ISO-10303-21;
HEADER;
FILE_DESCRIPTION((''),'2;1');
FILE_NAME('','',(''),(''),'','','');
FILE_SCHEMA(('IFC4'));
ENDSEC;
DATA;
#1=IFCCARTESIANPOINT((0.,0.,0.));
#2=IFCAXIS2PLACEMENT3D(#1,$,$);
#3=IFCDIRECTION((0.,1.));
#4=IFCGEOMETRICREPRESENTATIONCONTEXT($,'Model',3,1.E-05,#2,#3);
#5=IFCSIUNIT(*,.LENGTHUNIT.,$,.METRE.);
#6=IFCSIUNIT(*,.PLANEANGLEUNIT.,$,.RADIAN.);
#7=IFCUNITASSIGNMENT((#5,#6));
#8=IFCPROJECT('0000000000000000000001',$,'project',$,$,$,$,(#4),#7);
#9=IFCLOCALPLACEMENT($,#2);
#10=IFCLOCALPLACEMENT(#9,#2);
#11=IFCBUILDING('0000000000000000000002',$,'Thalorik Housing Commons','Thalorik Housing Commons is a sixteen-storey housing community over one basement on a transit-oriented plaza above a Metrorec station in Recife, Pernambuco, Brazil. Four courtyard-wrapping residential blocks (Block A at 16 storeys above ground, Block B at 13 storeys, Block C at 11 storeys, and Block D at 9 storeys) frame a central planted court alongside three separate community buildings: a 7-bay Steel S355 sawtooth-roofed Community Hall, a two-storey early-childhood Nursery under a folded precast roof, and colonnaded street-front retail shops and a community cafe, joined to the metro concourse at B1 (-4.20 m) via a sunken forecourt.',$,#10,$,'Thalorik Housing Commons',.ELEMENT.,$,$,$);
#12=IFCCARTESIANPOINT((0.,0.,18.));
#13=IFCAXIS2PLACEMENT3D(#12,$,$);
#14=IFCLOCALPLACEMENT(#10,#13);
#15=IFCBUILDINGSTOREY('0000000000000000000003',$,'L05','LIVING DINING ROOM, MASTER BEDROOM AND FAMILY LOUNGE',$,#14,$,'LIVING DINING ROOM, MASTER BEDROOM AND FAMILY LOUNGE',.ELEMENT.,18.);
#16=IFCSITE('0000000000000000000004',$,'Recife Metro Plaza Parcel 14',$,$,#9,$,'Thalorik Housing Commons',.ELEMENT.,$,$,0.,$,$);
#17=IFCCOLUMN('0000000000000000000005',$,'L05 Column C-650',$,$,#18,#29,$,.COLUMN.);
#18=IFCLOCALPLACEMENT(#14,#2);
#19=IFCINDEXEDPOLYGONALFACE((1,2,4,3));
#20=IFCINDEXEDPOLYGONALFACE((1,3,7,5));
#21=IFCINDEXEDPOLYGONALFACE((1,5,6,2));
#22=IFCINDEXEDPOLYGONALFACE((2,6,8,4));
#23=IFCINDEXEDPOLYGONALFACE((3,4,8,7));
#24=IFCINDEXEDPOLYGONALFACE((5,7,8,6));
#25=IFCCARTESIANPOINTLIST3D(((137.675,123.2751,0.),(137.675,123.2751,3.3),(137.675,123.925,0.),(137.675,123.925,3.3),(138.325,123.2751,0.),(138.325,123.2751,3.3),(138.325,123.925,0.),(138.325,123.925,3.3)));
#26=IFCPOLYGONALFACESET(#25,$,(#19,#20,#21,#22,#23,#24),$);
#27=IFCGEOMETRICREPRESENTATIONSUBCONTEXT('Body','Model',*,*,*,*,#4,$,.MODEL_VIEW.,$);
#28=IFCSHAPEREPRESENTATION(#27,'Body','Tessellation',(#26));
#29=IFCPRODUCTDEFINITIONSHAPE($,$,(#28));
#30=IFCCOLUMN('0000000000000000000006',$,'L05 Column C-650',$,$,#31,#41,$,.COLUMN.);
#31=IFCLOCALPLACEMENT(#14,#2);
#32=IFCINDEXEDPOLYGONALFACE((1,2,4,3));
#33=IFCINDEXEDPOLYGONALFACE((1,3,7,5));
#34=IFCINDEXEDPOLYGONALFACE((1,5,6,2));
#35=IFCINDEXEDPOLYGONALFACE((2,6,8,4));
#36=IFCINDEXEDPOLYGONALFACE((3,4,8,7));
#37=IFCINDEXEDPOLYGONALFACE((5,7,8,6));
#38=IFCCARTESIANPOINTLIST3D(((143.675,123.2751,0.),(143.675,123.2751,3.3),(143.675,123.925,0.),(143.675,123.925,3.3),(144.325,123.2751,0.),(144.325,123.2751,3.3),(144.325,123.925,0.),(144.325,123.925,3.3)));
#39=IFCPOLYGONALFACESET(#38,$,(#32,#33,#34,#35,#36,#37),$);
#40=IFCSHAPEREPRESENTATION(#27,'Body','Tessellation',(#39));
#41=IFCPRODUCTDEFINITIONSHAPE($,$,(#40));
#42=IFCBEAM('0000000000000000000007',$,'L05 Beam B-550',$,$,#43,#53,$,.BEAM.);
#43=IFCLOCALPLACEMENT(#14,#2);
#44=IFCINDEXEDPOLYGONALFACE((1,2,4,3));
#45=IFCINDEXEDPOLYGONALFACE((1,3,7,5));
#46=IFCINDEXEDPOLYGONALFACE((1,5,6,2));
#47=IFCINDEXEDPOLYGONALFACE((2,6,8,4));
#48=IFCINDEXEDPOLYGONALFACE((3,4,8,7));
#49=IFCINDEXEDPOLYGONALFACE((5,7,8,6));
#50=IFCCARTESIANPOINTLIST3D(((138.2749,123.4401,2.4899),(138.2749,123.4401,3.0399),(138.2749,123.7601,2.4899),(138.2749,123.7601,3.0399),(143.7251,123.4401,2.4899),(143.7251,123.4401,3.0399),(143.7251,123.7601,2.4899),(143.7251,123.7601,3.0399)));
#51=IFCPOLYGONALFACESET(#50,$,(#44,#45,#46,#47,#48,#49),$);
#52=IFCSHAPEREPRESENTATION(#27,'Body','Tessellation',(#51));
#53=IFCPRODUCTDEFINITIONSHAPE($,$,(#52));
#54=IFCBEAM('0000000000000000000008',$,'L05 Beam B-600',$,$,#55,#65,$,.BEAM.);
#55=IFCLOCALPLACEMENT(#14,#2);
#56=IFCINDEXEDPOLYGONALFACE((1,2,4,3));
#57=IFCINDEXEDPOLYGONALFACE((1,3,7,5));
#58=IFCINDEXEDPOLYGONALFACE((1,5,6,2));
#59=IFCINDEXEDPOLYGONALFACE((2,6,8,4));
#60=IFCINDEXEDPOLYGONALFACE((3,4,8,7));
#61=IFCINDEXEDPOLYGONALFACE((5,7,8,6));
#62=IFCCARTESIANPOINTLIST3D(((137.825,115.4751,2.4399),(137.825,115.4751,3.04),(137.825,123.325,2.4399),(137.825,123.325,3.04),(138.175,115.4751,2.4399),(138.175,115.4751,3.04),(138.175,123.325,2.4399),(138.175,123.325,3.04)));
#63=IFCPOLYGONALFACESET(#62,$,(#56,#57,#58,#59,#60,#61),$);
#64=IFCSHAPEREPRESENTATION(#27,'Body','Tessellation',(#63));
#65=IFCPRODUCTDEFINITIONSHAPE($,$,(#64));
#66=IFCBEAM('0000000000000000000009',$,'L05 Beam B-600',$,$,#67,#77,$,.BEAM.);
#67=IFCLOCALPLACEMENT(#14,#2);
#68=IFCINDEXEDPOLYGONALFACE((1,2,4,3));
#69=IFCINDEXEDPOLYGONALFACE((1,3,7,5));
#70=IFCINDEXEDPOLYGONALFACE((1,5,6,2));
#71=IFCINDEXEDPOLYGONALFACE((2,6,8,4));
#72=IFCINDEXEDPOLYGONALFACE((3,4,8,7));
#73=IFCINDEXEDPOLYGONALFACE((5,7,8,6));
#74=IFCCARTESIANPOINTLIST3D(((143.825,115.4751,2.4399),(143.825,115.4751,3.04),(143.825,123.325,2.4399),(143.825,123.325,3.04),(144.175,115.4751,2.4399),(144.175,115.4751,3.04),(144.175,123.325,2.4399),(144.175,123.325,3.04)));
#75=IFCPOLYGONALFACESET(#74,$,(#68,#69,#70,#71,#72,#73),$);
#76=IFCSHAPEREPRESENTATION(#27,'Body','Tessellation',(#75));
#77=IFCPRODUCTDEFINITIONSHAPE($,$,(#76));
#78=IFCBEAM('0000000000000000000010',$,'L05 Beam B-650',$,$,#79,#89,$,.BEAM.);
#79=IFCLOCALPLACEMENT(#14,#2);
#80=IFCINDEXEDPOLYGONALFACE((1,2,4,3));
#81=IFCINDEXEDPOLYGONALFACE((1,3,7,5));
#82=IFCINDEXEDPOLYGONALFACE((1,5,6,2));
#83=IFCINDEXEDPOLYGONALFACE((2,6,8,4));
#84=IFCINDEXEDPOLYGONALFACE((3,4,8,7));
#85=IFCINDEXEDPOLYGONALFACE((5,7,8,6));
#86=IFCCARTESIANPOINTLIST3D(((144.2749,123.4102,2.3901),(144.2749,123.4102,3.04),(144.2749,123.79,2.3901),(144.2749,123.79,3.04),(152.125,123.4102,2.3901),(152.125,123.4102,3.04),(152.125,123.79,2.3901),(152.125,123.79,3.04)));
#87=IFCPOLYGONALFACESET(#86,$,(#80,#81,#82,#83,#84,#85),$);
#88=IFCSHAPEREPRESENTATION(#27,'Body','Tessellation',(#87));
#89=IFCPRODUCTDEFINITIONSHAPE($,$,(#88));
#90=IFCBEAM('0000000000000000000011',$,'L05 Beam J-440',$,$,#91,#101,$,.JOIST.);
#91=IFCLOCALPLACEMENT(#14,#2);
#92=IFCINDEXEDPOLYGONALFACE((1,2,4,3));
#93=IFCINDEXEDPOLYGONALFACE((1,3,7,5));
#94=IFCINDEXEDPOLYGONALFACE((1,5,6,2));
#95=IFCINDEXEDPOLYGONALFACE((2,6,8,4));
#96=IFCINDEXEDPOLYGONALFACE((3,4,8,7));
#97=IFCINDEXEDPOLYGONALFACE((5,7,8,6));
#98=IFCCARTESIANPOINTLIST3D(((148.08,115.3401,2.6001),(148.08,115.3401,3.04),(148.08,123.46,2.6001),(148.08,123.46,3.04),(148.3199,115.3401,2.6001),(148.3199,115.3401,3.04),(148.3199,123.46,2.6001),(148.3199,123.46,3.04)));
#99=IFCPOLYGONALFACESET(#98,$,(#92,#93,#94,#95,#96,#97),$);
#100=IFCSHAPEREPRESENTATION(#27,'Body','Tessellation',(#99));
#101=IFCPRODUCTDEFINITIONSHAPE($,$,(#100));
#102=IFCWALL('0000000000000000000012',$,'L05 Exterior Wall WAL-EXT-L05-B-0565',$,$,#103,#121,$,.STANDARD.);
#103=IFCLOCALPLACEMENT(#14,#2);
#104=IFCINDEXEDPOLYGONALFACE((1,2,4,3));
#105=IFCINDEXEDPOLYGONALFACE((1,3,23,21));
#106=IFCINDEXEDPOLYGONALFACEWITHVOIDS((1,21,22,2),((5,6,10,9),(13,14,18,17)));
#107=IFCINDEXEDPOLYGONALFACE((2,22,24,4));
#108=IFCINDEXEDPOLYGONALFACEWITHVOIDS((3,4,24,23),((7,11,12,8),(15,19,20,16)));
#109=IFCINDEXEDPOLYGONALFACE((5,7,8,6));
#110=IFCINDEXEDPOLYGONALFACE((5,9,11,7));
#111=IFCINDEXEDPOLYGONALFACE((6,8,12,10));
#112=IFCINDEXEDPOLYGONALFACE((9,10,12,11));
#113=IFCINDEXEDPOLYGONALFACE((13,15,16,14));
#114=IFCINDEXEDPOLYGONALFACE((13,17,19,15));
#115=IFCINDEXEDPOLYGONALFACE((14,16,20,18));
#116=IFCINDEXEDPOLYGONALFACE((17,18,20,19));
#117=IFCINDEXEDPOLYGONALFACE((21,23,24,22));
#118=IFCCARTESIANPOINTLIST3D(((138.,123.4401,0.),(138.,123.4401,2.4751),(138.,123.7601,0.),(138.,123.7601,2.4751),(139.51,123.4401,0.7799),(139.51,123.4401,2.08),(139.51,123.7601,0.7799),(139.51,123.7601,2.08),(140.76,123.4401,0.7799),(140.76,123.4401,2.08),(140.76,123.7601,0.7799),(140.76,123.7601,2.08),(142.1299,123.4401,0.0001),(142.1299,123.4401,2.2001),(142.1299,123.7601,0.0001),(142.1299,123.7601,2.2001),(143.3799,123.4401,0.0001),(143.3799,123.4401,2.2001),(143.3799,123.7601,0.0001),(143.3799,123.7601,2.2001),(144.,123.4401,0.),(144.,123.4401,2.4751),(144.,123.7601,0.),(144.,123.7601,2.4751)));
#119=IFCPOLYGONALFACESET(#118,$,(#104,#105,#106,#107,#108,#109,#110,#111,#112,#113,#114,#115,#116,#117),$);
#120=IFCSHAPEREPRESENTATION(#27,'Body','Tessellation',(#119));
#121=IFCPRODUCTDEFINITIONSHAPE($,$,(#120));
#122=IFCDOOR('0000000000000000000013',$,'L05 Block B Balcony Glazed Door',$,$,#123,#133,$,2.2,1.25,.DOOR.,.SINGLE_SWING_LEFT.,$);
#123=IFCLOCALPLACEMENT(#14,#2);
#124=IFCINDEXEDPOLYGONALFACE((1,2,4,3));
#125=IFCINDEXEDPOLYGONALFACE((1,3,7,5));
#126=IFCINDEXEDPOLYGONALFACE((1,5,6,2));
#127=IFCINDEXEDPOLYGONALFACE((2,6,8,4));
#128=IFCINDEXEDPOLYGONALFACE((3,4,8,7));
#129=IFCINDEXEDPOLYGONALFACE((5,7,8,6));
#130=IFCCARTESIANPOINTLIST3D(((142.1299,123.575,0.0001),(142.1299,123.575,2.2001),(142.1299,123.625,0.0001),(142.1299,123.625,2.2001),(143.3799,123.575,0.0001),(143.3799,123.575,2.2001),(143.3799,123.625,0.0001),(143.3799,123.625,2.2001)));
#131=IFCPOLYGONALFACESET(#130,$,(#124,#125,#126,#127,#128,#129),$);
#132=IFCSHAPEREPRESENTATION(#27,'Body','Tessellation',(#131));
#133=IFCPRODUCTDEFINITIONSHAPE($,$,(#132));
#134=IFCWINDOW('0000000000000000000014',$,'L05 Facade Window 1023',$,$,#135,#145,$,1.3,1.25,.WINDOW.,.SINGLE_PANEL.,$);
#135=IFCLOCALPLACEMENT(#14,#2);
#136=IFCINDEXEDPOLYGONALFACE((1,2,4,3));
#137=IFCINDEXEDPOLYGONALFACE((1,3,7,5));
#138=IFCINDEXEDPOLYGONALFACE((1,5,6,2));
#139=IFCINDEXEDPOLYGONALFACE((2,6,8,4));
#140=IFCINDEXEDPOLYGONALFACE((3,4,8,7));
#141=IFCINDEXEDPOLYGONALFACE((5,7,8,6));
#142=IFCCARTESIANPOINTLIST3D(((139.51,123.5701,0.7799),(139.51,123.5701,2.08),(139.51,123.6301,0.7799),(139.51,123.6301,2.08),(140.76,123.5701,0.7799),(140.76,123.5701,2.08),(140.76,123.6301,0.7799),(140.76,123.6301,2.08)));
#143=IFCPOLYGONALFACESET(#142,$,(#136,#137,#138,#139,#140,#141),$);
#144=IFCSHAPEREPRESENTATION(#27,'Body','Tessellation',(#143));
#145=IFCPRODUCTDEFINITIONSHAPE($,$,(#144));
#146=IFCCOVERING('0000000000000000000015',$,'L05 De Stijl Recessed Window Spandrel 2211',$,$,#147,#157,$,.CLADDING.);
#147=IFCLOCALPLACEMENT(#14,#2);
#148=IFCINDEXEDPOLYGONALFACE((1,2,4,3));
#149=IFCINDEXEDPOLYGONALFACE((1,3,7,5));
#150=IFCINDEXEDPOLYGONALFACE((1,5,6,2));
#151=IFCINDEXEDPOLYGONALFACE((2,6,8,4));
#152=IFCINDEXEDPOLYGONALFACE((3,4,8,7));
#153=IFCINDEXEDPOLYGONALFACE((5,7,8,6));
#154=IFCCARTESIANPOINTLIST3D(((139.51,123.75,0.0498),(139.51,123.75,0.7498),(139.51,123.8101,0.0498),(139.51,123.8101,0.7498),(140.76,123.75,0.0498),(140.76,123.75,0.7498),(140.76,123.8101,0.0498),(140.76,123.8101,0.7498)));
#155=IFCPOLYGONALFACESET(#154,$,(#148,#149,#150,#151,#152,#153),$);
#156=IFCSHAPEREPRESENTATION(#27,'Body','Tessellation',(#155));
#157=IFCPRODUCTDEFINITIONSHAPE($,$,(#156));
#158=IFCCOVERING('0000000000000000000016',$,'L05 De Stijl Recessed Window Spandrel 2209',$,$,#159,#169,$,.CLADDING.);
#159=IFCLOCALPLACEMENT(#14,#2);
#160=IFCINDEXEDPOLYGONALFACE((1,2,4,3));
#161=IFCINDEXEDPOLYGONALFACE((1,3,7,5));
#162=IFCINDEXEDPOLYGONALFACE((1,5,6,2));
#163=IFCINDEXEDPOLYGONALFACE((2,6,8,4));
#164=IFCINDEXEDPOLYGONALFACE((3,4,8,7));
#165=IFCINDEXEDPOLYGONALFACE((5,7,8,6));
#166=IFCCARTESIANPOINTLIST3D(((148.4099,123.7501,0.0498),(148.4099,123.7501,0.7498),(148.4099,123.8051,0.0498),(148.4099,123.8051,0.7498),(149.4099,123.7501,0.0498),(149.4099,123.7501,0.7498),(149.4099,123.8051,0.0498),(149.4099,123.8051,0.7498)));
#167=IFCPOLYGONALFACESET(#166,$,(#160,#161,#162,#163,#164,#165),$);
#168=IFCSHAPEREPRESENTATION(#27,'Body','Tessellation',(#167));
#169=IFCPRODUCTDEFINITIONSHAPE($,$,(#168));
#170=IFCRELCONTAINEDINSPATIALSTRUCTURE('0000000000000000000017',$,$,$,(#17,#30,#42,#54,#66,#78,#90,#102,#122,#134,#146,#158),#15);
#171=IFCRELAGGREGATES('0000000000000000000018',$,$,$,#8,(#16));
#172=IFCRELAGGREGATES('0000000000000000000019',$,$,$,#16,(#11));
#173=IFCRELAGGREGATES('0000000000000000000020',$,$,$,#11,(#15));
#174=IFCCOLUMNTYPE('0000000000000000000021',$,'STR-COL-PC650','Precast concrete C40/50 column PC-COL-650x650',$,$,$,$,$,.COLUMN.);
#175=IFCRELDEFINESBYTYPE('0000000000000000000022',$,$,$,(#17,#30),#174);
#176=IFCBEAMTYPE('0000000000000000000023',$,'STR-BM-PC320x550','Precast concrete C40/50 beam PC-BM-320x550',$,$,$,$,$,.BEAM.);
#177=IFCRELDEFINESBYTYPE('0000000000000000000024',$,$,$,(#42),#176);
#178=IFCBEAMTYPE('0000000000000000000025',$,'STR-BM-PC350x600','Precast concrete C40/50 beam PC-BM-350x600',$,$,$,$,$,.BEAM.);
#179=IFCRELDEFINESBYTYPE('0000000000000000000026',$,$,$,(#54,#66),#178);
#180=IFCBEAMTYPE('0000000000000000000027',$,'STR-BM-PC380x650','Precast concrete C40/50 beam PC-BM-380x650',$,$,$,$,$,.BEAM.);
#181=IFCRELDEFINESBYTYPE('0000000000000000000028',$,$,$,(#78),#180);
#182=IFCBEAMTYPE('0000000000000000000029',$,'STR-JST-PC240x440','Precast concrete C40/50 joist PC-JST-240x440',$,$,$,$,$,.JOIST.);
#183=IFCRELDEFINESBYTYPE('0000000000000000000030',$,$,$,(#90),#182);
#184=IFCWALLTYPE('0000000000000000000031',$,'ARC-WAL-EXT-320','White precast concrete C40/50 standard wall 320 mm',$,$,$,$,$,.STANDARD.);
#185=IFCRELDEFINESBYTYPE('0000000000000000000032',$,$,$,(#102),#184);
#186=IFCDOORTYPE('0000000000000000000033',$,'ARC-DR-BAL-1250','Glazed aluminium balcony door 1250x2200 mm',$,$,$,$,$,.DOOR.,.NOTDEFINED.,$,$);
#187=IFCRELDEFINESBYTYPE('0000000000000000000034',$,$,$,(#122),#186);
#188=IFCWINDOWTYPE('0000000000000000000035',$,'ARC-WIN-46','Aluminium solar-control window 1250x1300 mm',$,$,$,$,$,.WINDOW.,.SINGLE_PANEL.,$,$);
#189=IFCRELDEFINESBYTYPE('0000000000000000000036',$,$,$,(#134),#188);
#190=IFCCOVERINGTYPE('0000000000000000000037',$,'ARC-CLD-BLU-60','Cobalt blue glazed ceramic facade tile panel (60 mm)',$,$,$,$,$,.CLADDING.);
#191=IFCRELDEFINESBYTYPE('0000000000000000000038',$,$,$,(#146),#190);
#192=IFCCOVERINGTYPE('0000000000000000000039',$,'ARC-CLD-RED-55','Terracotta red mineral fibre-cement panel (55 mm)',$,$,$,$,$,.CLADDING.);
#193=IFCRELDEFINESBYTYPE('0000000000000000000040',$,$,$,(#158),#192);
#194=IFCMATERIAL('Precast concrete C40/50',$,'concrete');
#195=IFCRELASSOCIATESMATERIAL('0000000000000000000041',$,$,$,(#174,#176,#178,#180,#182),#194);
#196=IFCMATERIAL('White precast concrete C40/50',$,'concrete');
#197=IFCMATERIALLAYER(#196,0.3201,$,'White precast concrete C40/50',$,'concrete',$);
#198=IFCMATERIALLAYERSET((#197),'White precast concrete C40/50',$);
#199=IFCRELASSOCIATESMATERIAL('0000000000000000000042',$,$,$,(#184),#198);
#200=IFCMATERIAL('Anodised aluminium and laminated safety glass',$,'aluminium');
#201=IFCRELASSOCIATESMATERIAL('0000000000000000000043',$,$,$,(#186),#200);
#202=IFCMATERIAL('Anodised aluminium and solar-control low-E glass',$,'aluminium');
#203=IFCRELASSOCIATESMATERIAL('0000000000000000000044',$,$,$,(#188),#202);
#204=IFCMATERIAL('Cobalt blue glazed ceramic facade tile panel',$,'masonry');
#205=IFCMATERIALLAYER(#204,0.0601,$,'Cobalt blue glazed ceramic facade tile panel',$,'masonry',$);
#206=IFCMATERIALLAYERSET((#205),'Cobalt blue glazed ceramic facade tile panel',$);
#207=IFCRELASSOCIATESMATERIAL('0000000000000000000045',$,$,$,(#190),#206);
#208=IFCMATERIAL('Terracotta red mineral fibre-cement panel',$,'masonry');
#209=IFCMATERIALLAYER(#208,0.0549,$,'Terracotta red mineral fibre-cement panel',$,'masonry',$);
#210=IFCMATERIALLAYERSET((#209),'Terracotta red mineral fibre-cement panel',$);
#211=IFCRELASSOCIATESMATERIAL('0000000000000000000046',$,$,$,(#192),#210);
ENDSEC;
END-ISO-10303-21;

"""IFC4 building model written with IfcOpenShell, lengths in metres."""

from ifc_helpers import new_model, si_unit, direction, frame, frame_2d, origin, origin_2d, place, context, subcontext, project, spatial, rectangle, extrude, material, layer, layer_set, material_profile, profile_set, type_object, element, fill, save


model = new_model("IFC4")

# Units and contexts
model_context = context("Model", 3, precision=1e-05, world=origin(), true_north=direction((0.0, 1.0)))
body_context = subcontext(model_context, "Body", "Model", "MODEL_VIEW")
ifc_project = project(units=[si_unit("LENGTHUNIT", "METRE"), si_unit("PLANEANGLEUNIT", "RADIAN")], contexts=[model_context])

# Site, building, storey
site_placement = place(None, origin())
site = spatial("IfcSite", under=ifc_project, at=site_placement, Name="Recife Metro Plaza Parcel 14", LongName="Thalorik Housing Commons", CompositionType="ELEMENT", RefElevation=0.0)
building_placement = place(site_placement, origin())
building = spatial("IfcBuilding", under=site, at=building_placement, Name="Thalorik Housing Commons", Description="Thalorik Housing Commons is a sixteen-storey housing community over one basement on a transit-oriented plaza above a Metrorec station in Recife, Pernambuco, Brazil. Four courtyard-wrapping residential blocks (Block A at 16 storeys above ground, Block B at 13 storeys, Block C at 11 storeys, and Block D at 9 storeys) frame a central planted court alongside three separate community buildings: a 7-bay Steel S355 sawtooth-roofed Community Hall, a two-storey early-childhood Nursery under a folded precast roof, and colonnaded street-front retail shops and a community cafe, joined to the metro concourse at B1 (-4.20 m) via a sunken forecourt.", LongName="Thalorik Housing Commons", CompositionType="ELEMENT")
storey_placement = place(building_placement, frame((0.0, 0.0, 18.0)))
storey = spatial("IfcBuildingStorey", under=building, at=storey_placement, Name="L05", Description="LIVING DINING ROOM, MASTER BEDROOM AND FAMILY LOUNGE", LongName="LIVING DINING ROOM, MASTER BEDROOM AND FAMILY LOUNGE", CompositionType="ELEMENT", Elevation=18.0)

# Columns
ifc_material_1 = material(Name="Precast concrete C40/50", Category="concrete")
ifc_material_profile_1 = material_profile(ifc_material_1, rectangle(XDim=0.6499, YDim=0.6499, at=origin_2d()), Name="PC 650x650", Category="concrete")
ifc_profile_set_1 = profile_set([ifc_material_profile_1], Name="Precast concrete C40/50")
column_type = type_object("IfcColumnType", Name="STR-COL-PC650", Description="Precast concrete C40/50 column PC-COL-650x650", PredefinedType="COLUMN", material=ifc_profile_set_1)
for number, where, z_axis, x_axis, name in (
    (1, (138.0, 123.6001, 0.0), (0.0, 0.0, 1.0), (1.0, 0.0, 0.0), "L05 Column C-650"),
    (2, (144.0, 123.6001, 0.0), (0.0, 0.0, 1.0), (1.0, 0.0, 0.0), "L05 Column C-650"),
):
    element("IfcColumn", number, at=place(storey_placement, frame(where, z_axis=z_axis, x_axis=x_axis)), inside=storey, type_object=column_type, Name=name, PredefinedType="COLUMN", context=body_context, shape_type="SweptSolid", body=[
        extrude(rectangle(XDim=0.6499, YDim=0.6499, at=origin_2d()), origin(), (0.0, 0.0, 1.0), 3.3),
    ])

# Beams
ifc_material_profile_2 = material_profile(ifc_material_1, rectangle(XDim=0.3201, YDim=0.55, at=origin_2d()), Name="PC 320x550", Category="concrete")
ifc_profile_set_2 = profile_set([ifc_material_profile_2], Name="Precast concrete C40/50")
beam_type_1 = type_object("IfcBeamType", Name="STR-BM-PC320x550", Description="Precast concrete C40/50 beam PC-BM-320x550", PredefinedType="BEAM", material=ifc_profile_set_2)
beam_1_placement = place(storey_placement, frame((138.2749, 123.6001, 2.7649), z_axis=(1.0, 0.0, 0.0), x_axis=(0.0, 1.0, 0.0)))
element("IfcBeam", 3, at=beam_1_placement, inside=storey, type_object=beam_type_1, Name="L05 Beam B-550", PredefinedType="BEAM", context=body_context, shape_type="SweptSolid", body=[
    extrude(rectangle(XDim=0.3201, YDim=0.55, at=origin_2d()), origin(), (0.0, 0.0, 1.0), 5.4502),
])
ifc_material_profile_3 = material_profile(ifc_material_1, rectangle(XDim=0.3501, YDim=0.6001, at=origin_2d()), Name="PC 350x600", Category="concrete")
ifc_profile_set_3 = profile_set([ifc_material_profile_3], Name="Precast concrete C40/50")
beam_type_2 = type_object("IfcBeamType", Name="STR-BM-PC350x600", Description="Precast concrete C40/50 beam PC-BM-350x600", PredefinedType="BEAM", material=ifc_profile_set_3)
for number, where, z_axis, x_axis, name in (
    (4, (138.0, 115.4751, 2.74), (0.0, 1.0, 0.0), (-1.0, 0.0, 0.0), "L05 Beam B-600"),
    (5, (144.0, 115.4751, 2.74), (0.0, 1.0, 0.0), (-1.0, 0.0, 0.0), "L05 Beam B-600"),
):
    element("IfcBeam", number, at=place(storey_placement, frame(where, z_axis=z_axis, x_axis=x_axis)), inside=storey, type_object=beam_type_2, Name=name, PredefinedType="BEAM", context=body_context, shape_type="SweptSolid", body=[
        extrude(rectangle(XDim=0.3501, YDim=0.6001, at=origin_2d()), origin(), (0.0, 0.0, 1.0), 7.8499),
    ])
ifc_material_profile_4 = material_profile(ifc_material_1, rectangle(XDim=0.3799, YDim=0.6499, at=origin_2d()), Name="PC 380x650", Category="concrete")
ifc_profile_set_4 = profile_set([ifc_material_profile_4], Name="Precast concrete C40/50")
beam_type_3 = type_object("IfcBeamType", Name="STR-BM-PC380x650", Description="Precast concrete C40/50 beam PC-BM-380x650", PredefinedType="BEAM", material=ifc_profile_set_4)
beam_2_placement = place(storey_placement, frame((144.2749, 123.6001, 2.7151), z_axis=(1.0, 0.0, 0.0), x_axis=(0.0, 1.0, 0.0)))
element("IfcBeam", 6, at=beam_2_placement, inside=storey, type_object=beam_type_3, Name="L05 Beam B-650", PredefinedType="BEAM", context=body_context, shape_type="SweptSolid", body=[
    extrude(rectangle(XDim=0.3799, YDim=0.6499, at=origin_2d()), origin(), (0.0, 0.0, 1.0), 7.8501),
])
ifc_material_profile_5 = material_profile(ifc_material_1, rectangle(XDim=0.24, YDim=0.4399, at=origin_2d()), Name="PC JST 240x440", Category="concrete")
ifc_profile_set_5 = profile_set([ifc_material_profile_5], Name="Precast concrete C40/50")
beam_type_4 = type_object("IfcBeamType", Name="STR-JST-PC240x440", Description="Precast concrete C40/50 joist PC-JST-240x440", PredefinedType="JOIST", material=ifc_profile_set_5)
beam_3_placement = place(storey_placement, frame((148.2, 115.3401, 2.8201), z_axis=(0.0, 1.0, 0.0), x_axis=(-1.0, 0.0, 0.0)))
element("IfcBeam", 7, at=beam_3_placement, inside=storey, type_object=beam_type_4, Name="L05 Beam J-440", PredefinedType="JOIST", context=body_context, shape_type="SweptSolid", body=[
    extrude(rectangle(XDim=0.24, YDim=0.4399, at=origin_2d()), origin(), (0.0, 0.0, 1.0), 8.1199),
])

# Wall, openings, door, window
ifc_material_2 = material(Name="White precast concrete C40/50", Category="concrete")
ifc_layer_1 = layer(ifc_material_2, 0.3201, Name="White precast concrete C40/50", Category="concrete")
ifc_layer_set_1 = layer_set([ifc_layer_1], Name="White precast concrete C40/50")
wall_type = type_object("IfcWallType", Name="ARC-WAL-EXT-320", Description="White precast concrete C40/50 standard wall 320 mm", PredefinedType="STANDARD", material=ifc_layer_set_1)
wall_1_placement = place(storey_placement, frame((144.0, 123.6001, 0.0), z_axis=(0.0, 0.0, 1.0), x_axis=(-1.0, 0.0, 0.0)))
wall_1 = element("IfcWall", 8, at=wall_1_placement, inside=storey, type_object=wall_type, Name="L05 Exterior Wall WAL-EXT-L05-B-0565", PredefinedType="STANDARD", context=body_context, shape_type="SweptSolid", body=[
    extrude(rectangle(XDim=6.0, YDim=0.3201, at=frame_2d((3.0, 0.0))), origin(), (0.0, 0.0, 1.0), 2.4751),
])
opening_1_placement = place(wall_1_placement, frame((0.6201, 0.0, 0.0)))
opening_1 = element("IfcOpeningElement", 9, at=opening_1_placement, cuts=wall_1, PredefinedType="OPENING", context=body_context, shape_type="SweptSolid", body=[
    extrude(rectangle(XDim=1.25, YDim=2.2, at=frame_2d((0.625, 1.1001))), frame((0.0, 0.1699, 0.0), z_axis=(0.0, -1.0, 0.0), x_axis=(1.0, 0.0, 0.0)), (0.0, 0.0, 1.0), 0.3401),
])
opening_2_placement = place(wall_1_placement, frame((3.24, 0.0, 0.78)))
opening_2 = element("IfcOpeningElement", 10, at=opening_2_placement, cuts=wall_1, PredefinedType="OPENING", context=body_context, shape_type="SweptSolid", body=[
    extrude(rectangle(XDim=1.25, YDim=1.3, at=frame_2d((0.625, 0.6499))), frame((0.0, 0.1699, 0.0), z_axis=(0.0, -1.0, 0.0), x_axis=(1.0, 0.0, 0.0)), (0.0, 0.0, 1.0), 0.3401),
])
ifc_material_3 = material(Name="Anodised aluminium and laminated safety glass", Category="aluminium")
door_type_1 = type_object("IfcDoorType", Name="ARC-DR-BAL-1250", Description="Glazed aluminium balcony door 1250x2200 mm", OperationType="NOTDEFINED", PredefinedType="DOOR", material=ifc_material_3)
door_1_placement = place(opening_1_placement, frame((1.25, 0.0, 0.0), z_axis=(0.0, 0.0, 1.0), x_axis=(-1.0, 0.0, 0.0)))
door_1 = element("IfcDoor", 11, at=door_1_placement, inside=storey, type_object=door_type_1, Name="L05 Block B Balcony Glazed Door", OperationType="SINGLE_SWING_LEFT", OverallHeight=2.2, OverallWidth=1.25, PredefinedType="DOOR", context=body_context, shape_type="SweptSolid", body=[
    extrude(rectangle(XDim=1.25, YDim=2.2, at=frame_2d((0.625, 1.1001))), frame((0.0, 0.0249, 0.0), z_axis=(0.0, -1.0, 0.0), x_axis=(1.0, 0.0, 0.0)), (0.0, 0.0, 1.0), 0.05),
])
fill(opening_1, door_1)
ifc_material_4 = material(Name="Anodised aluminium and solar-control low-E glass", Category="aluminium")
window_type_1 = type_object("IfcWindowType", Name="ARC-WIN-46", Description="Aluminium solar-control window 1250x1300 mm", PartitioningType="SINGLE_PANEL", PredefinedType="WINDOW", material=ifc_material_4)
window_1_placement = place(opening_2_placement, origin())
window_1 = element("IfcWindow", 12, at=window_1_placement, inside=storey, type_object=window_type_1, Name="L05 Facade Window 1023", OverallHeight=1.3, OverallWidth=1.25, PartitioningType="SINGLE_PANEL", PredefinedType="WINDOW", context=body_context, shape_type="SweptSolid", body=[
    extrude(rectangle(XDim=1.25, YDim=1.3, at=frame_2d((0.625, 0.6499))), frame((0.0, 0.03, 0.0), z_axis=(0.0, -1.0, 0.0), x_axis=(1.0, 0.0, 0.0)), (0.0, 0.0, 1.0), 0.0601),
])
fill(opening_2, window_1)

# Coverings
ifc_material_5 = material(Name="Cobalt blue glazed ceramic facade tile panel", Category="masonry")
ifc_layer_2 = layer(ifc_material_5, 0.0601, Name="Cobalt blue glazed ceramic facade tile panel", Category="masonry")
ifc_layer_set_2 = layer_set([ifc_layer_2], Name="Cobalt blue glazed ceramic facade tile panel")
covering_type_1 = type_object("IfcCoveringType", Name="ARC-CLD-BLU-60", Description="Cobalt blue glazed ceramic facade tile panel (60 mm)", PredefinedType="CLADDING", material=ifc_layer_set_2)
covering_1_placement = place(storey_placement, frame((140.135, 123.78, 0.0498), z_axis=(0.0, 0.0, 1.0), x_axis=(-1.0, 0.0, 0.0)))
element("IfcCovering", 13, at=covering_1_placement, inside=storey, type_object=covering_type_1, Name="L05 De Stijl Recessed Window Spandrel 2211", PredefinedType="CLADDING", context=body_context, shape_type="SweptSolid", body=[
    extrude(rectangle(XDim=1.25, YDim=0.0601, at=origin_2d()), origin(), (0.0, 0.0, 1.0), 0.7),
])
ifc_material_6 = material(Name="Terracotta red mineral fibre-cement panel", Category="masonry")
ifc_layer_3 = layer(ifc_material_6, 0.0549, Name="Terracotta red mineral fibre-cement panel", Category="masonry")
ifc_layer_set_3 = layer_set([ifc_layer_3], Name="Terracotta red mineral fibre-cement panel")
covering_type_2 = type_object("IfcCoveringType", Name="ARC-CLD-RED-55", Description="Terracotta red mineral fibre-cement panel (55 mm)", PredefinedType="CLADDING", material=ifc_layer_set_3)
covering_2_placement = place(storey_placement, frame((148.9099, 123.7776, 0.0498), z_axis=(0.0, 0.0, 1.0), x_axis=(-1.0, 0.0, 0.0)))
element("IfcCovering", 14, at=covering_2_placement, inside=storey, type_object=covering_type_2, Name="L05 De Stijl Recessed Window Spandrel 2209", PredefinedType="CLADDING", context=body_context, shape_type="SweptSolid", body=[
    extrude(rectangle(XDim=1.0, YDim=0.0549, at=origin_2d()), origin(), (0.0, 0.0, 1.0), 0.7),
])

save(model, "model.ifc")
